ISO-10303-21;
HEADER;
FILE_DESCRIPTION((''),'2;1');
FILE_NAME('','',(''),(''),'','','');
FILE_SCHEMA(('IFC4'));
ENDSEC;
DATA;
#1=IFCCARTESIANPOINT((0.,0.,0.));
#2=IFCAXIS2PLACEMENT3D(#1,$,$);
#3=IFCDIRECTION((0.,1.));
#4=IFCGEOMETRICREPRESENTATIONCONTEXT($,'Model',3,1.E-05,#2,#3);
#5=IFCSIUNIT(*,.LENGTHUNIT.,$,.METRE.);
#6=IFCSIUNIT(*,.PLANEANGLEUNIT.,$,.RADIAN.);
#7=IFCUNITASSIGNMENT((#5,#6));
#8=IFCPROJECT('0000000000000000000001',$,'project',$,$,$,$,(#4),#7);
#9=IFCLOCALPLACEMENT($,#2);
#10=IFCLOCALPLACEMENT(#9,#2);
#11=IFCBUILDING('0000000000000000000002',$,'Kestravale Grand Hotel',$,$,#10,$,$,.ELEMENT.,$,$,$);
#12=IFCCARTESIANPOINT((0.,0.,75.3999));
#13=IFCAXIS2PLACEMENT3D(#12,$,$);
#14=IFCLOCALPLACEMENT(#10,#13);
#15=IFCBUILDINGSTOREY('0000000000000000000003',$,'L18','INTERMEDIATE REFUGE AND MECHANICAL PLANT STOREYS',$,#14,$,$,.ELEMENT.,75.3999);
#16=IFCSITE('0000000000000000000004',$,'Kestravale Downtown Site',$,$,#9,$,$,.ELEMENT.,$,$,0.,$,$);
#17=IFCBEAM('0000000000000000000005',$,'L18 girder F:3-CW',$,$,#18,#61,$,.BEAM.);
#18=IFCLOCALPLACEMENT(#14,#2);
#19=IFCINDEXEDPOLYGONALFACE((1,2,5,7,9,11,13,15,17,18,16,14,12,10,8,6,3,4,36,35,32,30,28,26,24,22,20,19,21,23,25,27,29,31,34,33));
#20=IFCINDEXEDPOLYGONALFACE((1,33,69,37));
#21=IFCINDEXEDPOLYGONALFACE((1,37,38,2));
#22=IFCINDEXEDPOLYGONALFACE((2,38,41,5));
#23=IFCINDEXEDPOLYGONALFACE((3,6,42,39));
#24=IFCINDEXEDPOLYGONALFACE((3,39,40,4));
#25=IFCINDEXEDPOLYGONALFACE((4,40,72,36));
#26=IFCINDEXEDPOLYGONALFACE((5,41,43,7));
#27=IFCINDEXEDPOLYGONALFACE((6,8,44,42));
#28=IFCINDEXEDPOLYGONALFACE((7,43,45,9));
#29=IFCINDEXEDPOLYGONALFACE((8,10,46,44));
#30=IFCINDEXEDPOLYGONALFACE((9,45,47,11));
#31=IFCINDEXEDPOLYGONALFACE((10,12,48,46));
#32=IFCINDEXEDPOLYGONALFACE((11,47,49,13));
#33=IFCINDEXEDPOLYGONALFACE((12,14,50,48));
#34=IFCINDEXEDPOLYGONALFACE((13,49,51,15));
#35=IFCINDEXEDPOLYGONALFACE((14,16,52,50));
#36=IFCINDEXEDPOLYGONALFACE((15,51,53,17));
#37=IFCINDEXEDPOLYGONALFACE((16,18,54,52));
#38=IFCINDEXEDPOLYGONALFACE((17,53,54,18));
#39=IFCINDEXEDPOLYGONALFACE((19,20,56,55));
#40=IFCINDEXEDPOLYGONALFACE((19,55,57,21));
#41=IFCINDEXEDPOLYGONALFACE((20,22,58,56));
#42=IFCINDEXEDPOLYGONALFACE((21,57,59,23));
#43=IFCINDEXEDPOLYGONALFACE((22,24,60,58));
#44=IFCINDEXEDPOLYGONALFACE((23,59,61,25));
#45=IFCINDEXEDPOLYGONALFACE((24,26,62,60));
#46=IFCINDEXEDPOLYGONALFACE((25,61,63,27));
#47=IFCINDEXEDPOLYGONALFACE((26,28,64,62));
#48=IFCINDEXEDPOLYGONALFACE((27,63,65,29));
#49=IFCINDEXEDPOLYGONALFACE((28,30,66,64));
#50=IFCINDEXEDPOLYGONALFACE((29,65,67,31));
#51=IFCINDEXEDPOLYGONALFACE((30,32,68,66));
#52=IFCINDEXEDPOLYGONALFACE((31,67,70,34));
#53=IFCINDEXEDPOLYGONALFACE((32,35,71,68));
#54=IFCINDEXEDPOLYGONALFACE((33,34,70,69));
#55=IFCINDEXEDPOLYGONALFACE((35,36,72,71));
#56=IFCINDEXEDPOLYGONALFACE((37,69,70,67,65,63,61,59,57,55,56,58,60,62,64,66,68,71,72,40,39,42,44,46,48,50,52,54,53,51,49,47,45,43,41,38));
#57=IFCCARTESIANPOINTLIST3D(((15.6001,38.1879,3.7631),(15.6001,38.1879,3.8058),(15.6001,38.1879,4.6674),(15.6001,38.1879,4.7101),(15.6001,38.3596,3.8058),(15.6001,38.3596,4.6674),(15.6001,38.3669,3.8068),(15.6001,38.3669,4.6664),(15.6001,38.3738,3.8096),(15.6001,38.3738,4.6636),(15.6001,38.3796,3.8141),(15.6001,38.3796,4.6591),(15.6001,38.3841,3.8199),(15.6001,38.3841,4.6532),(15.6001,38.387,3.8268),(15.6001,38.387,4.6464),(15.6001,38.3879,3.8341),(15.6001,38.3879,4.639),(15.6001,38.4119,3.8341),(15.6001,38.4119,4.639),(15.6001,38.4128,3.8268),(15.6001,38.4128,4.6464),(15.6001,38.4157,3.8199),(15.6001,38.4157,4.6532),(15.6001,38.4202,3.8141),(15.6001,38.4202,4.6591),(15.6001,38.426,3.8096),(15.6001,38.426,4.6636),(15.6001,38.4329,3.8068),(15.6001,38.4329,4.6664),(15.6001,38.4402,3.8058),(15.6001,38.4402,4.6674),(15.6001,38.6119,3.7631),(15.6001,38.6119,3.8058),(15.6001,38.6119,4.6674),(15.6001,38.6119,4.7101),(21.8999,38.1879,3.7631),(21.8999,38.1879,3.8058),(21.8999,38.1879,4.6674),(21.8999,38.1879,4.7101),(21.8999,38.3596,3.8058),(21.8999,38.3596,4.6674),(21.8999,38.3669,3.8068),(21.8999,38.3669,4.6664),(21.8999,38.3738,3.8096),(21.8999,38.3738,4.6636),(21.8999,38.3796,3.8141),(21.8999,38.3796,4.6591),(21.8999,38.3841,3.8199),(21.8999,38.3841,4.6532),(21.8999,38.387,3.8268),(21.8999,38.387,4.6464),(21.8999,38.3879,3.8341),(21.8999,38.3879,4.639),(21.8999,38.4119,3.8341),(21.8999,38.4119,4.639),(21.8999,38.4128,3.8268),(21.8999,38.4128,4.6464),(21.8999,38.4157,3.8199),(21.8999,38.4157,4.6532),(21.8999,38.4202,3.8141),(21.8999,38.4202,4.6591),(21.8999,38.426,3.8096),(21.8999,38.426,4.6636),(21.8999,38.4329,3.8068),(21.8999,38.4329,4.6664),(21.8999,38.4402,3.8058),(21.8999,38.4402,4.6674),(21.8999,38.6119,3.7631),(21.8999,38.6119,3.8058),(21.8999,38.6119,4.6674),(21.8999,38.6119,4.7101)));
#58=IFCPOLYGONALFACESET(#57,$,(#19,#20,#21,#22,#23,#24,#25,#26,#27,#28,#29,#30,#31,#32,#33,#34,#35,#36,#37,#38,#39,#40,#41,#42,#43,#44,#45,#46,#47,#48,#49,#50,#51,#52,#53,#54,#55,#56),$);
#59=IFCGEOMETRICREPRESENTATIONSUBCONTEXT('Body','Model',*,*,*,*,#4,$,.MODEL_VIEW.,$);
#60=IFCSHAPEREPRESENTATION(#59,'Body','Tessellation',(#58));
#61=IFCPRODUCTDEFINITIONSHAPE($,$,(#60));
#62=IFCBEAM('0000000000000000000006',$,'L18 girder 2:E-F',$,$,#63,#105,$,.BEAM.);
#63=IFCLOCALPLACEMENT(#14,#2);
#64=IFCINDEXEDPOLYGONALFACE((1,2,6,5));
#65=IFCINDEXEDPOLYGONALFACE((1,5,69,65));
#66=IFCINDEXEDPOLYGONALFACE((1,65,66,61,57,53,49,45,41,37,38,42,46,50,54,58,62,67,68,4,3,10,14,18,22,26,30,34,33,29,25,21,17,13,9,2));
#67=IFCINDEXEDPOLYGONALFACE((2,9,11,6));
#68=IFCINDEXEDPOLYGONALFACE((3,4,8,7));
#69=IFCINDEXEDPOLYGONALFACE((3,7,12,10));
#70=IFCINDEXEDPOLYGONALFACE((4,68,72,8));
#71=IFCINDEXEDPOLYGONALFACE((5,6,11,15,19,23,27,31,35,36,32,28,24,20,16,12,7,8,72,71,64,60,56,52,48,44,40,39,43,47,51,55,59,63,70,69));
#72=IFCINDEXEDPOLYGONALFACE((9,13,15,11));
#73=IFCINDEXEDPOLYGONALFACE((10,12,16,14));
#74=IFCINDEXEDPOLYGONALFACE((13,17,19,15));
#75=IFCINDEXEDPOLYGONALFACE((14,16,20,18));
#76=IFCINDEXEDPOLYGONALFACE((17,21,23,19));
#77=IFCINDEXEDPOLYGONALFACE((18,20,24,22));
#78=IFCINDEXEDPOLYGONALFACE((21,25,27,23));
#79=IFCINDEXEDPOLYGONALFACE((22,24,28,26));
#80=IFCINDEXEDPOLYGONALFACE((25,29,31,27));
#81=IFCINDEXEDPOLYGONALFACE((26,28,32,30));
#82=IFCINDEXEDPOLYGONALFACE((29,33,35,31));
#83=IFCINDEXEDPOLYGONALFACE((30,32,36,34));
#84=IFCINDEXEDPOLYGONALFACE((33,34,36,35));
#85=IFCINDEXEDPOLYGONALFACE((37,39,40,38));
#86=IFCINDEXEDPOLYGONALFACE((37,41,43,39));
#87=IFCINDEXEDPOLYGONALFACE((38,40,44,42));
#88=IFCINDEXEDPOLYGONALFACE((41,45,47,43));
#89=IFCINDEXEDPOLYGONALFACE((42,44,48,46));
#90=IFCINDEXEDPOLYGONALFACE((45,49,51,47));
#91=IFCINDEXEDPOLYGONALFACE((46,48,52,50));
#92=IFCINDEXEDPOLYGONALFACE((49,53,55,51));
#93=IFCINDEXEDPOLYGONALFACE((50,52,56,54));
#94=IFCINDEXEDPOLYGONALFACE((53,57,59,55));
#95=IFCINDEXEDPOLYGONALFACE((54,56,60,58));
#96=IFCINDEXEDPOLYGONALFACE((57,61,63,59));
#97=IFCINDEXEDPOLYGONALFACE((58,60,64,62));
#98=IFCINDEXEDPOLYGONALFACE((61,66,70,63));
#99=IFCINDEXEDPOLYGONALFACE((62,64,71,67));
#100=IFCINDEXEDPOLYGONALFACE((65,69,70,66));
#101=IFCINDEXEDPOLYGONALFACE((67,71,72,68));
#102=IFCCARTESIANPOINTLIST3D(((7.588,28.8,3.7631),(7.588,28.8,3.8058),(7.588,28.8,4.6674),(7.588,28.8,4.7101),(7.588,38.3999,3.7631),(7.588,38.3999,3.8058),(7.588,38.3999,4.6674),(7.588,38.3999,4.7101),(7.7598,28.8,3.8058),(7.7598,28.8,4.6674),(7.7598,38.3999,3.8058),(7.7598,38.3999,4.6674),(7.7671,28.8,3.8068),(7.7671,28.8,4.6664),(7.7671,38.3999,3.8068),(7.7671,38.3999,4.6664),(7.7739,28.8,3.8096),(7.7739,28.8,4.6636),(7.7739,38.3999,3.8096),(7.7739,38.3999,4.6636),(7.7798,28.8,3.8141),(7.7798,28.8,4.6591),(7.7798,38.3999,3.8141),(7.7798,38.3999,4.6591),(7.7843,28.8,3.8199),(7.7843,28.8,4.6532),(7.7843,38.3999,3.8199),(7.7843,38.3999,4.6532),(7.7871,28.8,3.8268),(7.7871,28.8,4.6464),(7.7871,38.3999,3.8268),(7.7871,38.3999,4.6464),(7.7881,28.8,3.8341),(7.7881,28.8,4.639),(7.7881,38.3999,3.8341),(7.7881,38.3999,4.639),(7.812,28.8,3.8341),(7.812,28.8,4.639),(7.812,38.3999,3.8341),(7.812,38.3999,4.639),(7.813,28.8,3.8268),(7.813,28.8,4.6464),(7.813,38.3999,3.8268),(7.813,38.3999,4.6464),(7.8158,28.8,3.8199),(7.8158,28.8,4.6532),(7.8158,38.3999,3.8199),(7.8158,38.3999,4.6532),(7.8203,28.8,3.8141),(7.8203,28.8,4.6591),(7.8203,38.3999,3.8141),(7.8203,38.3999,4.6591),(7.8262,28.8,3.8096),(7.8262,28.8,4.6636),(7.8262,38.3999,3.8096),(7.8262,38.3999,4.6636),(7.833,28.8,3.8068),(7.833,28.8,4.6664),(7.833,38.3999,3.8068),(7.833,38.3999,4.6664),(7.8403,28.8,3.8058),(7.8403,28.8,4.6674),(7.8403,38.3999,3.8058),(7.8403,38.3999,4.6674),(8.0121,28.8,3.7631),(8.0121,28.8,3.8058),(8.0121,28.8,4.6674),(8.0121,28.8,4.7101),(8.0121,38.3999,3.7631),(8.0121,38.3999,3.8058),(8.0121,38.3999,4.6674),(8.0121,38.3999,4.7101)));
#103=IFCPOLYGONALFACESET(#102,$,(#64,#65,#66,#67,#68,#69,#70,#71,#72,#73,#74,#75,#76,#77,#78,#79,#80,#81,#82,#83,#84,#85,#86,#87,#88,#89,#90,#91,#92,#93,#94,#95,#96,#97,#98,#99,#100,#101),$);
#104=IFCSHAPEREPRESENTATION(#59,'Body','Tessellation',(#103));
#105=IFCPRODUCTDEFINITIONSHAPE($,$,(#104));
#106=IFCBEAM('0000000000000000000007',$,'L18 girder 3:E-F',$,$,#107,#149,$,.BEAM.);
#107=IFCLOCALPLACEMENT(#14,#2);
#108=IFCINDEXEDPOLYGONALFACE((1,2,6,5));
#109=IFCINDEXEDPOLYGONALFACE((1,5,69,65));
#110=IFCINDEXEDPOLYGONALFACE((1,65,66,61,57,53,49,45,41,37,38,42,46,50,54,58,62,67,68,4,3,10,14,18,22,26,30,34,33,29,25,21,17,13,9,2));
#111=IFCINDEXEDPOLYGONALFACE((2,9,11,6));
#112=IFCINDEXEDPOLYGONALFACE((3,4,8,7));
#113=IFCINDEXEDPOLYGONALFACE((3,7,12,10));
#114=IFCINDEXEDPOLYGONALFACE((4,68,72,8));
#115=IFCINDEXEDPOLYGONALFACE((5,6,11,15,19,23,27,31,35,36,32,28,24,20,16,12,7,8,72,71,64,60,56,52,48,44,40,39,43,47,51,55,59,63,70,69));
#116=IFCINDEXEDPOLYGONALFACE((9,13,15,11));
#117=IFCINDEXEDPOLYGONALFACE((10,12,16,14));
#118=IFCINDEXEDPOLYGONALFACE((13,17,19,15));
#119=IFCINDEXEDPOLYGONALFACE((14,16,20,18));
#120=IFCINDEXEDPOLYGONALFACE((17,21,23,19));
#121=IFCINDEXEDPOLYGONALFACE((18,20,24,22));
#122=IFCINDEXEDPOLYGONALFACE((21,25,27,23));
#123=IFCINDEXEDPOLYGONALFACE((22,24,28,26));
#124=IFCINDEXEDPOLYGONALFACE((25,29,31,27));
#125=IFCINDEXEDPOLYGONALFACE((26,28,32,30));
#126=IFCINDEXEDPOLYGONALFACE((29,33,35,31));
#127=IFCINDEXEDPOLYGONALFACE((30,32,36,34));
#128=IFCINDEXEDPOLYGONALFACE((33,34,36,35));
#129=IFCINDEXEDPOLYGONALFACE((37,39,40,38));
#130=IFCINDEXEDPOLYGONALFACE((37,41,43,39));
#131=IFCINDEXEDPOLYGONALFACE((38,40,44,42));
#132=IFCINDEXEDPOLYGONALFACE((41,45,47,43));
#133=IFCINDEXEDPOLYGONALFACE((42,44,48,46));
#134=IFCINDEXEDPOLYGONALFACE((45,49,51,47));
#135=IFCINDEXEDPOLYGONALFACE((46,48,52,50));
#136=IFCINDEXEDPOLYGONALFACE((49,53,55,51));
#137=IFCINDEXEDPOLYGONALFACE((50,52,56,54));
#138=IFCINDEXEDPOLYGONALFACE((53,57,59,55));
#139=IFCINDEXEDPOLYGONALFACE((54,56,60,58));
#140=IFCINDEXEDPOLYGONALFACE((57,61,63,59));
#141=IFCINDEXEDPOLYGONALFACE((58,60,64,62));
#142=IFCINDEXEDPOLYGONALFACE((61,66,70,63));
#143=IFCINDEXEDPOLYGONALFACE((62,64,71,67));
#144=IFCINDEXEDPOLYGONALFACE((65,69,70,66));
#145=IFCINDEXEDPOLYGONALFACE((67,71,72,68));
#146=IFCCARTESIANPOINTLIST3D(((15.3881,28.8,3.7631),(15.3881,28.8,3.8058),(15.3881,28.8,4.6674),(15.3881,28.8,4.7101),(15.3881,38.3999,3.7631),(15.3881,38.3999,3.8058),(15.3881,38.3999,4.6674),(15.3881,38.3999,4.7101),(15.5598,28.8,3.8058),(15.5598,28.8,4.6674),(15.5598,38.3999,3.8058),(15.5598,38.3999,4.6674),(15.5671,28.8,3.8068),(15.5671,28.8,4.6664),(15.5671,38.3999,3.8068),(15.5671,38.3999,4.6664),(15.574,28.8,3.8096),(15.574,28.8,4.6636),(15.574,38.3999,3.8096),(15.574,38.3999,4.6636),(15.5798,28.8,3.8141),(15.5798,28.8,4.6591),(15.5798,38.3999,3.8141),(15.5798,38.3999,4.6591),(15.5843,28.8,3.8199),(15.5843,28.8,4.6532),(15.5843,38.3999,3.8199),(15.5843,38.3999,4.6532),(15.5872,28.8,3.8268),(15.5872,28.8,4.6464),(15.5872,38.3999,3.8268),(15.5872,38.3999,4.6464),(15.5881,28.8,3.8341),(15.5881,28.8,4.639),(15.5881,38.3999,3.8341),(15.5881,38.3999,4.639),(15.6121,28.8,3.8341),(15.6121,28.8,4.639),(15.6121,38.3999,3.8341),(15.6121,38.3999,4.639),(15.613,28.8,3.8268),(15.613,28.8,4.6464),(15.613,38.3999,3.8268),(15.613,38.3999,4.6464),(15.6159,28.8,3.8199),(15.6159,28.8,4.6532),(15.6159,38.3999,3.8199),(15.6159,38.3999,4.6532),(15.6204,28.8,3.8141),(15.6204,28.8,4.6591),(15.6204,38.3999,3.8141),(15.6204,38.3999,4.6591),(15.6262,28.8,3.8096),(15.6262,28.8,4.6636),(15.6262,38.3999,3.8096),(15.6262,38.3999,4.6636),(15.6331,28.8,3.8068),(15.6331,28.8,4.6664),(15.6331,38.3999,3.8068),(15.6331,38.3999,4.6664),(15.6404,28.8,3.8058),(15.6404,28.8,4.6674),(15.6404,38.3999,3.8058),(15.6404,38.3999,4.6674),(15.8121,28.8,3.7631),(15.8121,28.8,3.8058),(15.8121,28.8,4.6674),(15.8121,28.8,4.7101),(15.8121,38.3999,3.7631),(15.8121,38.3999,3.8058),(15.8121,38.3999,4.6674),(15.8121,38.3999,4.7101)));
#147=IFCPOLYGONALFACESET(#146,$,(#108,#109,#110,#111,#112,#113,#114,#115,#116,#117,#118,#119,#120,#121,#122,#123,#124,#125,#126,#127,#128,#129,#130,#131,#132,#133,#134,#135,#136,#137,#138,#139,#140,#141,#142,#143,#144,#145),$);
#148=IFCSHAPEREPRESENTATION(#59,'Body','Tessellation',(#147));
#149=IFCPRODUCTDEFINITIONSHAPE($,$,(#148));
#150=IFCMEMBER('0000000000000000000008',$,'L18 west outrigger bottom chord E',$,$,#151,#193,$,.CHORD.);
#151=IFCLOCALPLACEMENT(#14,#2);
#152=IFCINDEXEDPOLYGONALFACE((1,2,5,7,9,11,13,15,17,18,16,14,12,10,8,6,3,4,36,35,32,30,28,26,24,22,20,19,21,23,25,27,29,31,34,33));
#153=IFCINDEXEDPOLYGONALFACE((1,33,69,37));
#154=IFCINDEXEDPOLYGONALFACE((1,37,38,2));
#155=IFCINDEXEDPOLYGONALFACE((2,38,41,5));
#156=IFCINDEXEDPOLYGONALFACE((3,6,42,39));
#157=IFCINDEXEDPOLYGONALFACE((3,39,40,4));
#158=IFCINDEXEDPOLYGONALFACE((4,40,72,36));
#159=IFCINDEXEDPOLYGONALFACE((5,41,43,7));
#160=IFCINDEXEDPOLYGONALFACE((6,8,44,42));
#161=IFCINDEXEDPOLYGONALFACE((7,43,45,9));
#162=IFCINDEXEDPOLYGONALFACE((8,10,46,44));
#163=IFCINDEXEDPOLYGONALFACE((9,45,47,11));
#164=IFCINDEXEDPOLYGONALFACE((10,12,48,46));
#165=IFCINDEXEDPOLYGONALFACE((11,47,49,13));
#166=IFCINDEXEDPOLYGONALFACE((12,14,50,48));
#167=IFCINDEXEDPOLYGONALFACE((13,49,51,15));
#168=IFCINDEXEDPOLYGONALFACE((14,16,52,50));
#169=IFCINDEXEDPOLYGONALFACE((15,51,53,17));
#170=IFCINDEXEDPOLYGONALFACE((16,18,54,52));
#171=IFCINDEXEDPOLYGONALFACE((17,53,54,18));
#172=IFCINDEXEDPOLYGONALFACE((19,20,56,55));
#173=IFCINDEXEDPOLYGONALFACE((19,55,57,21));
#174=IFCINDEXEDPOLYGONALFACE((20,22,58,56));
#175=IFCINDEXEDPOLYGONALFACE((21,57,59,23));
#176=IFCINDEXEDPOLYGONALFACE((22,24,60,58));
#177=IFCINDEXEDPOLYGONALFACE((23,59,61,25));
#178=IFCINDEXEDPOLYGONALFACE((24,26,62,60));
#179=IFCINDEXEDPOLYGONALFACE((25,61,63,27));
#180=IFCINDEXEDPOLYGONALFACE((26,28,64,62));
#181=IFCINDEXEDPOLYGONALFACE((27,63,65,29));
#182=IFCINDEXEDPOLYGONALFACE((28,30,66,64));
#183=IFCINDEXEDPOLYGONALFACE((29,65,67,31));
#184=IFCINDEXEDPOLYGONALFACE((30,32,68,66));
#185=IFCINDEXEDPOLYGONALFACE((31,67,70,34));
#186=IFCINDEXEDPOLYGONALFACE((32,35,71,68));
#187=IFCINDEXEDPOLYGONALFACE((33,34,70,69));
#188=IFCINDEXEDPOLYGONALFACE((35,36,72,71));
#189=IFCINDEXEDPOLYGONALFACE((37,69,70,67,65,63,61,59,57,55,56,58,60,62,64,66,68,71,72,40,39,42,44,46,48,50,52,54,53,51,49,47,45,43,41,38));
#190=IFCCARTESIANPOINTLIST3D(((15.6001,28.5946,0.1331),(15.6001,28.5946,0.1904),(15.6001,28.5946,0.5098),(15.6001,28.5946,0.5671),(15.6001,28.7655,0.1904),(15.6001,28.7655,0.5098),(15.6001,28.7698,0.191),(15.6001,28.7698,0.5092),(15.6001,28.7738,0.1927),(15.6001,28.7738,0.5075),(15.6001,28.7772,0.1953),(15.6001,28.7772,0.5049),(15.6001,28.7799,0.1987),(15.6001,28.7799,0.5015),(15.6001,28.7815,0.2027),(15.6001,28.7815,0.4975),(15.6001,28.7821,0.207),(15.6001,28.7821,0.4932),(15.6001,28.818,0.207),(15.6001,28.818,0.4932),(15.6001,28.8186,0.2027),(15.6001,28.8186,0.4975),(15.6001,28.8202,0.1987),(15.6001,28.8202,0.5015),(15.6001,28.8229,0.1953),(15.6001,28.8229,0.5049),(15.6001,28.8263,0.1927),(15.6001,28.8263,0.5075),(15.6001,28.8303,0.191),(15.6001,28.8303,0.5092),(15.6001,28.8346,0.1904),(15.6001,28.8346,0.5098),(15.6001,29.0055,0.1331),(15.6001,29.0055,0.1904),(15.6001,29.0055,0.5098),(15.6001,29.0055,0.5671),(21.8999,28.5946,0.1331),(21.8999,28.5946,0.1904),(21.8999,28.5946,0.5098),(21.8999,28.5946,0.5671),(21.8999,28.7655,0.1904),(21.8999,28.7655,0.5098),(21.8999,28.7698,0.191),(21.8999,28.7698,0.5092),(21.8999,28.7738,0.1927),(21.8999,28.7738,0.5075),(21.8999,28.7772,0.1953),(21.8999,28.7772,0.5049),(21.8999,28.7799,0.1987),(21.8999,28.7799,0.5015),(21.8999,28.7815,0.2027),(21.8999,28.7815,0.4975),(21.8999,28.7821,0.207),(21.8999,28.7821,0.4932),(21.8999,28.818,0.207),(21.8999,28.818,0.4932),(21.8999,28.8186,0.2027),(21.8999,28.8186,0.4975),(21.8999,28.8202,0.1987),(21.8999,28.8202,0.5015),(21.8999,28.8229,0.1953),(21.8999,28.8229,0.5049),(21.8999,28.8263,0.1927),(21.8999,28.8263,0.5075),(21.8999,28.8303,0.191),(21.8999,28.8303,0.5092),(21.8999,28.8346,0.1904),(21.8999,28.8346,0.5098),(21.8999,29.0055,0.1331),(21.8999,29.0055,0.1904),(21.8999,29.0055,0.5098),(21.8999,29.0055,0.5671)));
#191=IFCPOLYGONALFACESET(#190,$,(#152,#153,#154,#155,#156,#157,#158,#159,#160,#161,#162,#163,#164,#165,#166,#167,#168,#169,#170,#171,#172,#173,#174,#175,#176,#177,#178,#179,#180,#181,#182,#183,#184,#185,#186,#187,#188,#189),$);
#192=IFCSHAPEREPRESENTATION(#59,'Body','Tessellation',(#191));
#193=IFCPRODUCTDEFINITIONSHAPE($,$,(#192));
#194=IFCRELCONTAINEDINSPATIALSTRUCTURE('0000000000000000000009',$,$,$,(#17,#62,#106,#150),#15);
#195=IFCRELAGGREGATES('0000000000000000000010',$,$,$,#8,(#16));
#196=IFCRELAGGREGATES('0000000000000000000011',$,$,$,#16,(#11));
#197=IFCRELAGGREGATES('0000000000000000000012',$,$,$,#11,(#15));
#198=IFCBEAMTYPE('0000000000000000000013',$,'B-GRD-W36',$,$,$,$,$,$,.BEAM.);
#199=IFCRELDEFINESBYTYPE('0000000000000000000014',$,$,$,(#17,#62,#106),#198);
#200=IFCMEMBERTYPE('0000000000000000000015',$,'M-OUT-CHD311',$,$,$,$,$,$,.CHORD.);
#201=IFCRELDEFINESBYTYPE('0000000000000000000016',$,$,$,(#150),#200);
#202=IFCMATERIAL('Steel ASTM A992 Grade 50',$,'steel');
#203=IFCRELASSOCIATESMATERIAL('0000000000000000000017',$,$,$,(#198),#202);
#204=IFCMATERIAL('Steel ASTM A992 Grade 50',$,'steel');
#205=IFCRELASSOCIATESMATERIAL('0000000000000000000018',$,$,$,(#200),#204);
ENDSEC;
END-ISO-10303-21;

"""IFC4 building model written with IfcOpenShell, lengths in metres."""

from ifc_helpers import new_model, si_unit, direction, frame, origin, origin_2d, place, context, subcontext, project, spatial, i_section, extrude, material, material_profile, profile_set, type_object, element, save


model = new_model("IFC4")

# Units and contexts
model_context = context("Model", 3, precision=1e-05, world=origin(), true_north=direction((0.0, 1.0)))
body_context = subcontext(model_context, "Body", "Model", "MODEL_VIEW")
ifc_project = project(units=[si_unit("LENGTHUNIT", "METRE"), si_unit("PLANEANGLEUNIT", "RADIAN")], contexts=[model_context])

# Site, building, storey
site_placement = place(None, origin())
site = spatial("IfcSite", under=ifc_project, at=site_placement, Name="Kestravale Downtown Site", CompositionType="ELEMENT", RefElevation=0.0)
building_placement = place(site_placement, origin())
building = spatial("IfcBuilding", under=site, at=building_placement, Name="Kestravale Grand Hotel", CompositionType="ELEMENT")
storey_placement = place(building_placement, frame((0.0, 0.0, 75.3999)))
storey = spatial("IfcBuildingStorey", under=building, at=storey_placement, Name="L18", Description="INTERMEDIATE REFUGE AND MECHANICAL PLANT STOREYS", CompositionType="ELEMENT", Elevation=75.3999)

# Beams
ifc_material_1 = material(Name="Steel ASTM A992 Grade 50", Category="steel")
ifc_material_profile_1 = material_profile(ifc_material_1, i_section(OverallWidth=0.4241, OverallDepth=0.947, WebThickness=0.0239, FlangeThickness=0.0427, FilletRadius=0.0283, at=origin_2d()))
ifc_profile_set_1 = profile_set([ifc_material_profile_1], Name="Steel ASTM A992 Grade 50")
beam_type_1 = type_object("IfcBeamType", Name="B-GRD-W36", PredefinedType="BEAM", material=ifc_profile_set_1)
beam_1_placement = place(storey_placement, frame((15.6001, 38.3999, 4.2366), z_axis=(1.0, 0.0, 0.0), x_axis=(0.0, 1.0, 0.0)))
element("IfcBeam", 1, at=beam_1_placement, inside=storey, type_object=beam_type_1, Name="L18 girder F:3-CW", PredefinedType="BEAM", context=body_context, shape_type="SweptSolid", body=[
    extrude(i_section(OverallWidth=0.4241, OverallDepth=0.947, WebThickness=0.0239, FlangeThickness=0.0427, FilletRadius=0.0283, at=origin_2d()), origin(), (0.0, 0.0, 1.0), 6.2998),
])
for number, where, z_axis, x_axis, name in (
    (2, (7.8, 28.8, 4.2366), (0.0, 1.0, 0.0), (-1.0, 0.0, 0.0), "L18 girder 2:E-F"),
    (3, (15.6001, 28.8, 4.2366), (0.0, 1.0, 0.0), (-1.0, 0.0, 0.0), "L18 girder 3:E-F"),
):
    element("IfcBeam", number, at=place(storey_placement, frame(where, z_axis=z_axis, x_axis=x_axis)), inside=storey, type_object=beam_type_1, Name=name, PredefinedType="BEAM", context=body_context, shape_type="SweptSolid", body=[
        extrude(i_section(OverallWidth=0.4241, OverallDepth=0.947, WebThickness=0.0239, FlangeThickness=0.0427, FilletRadius=0.0283, at=origin_2d()), origin(), (0.0, 0.0, 1.0), 9.5999),
    ])

# Member
ifc_material_2 = material(Name="Steel ASTM A992 Grade 50", Category="steel")
ifc_material_profile_2 = material_profile(ifc_material_2, i_section(OverallWidth=0.4109, OverallDepth=0.4341, WebThickness=0.0359, FlangeThickness=0.0574, FilletRadius=0.0166, at=origin_2d()))
ifc_profile_set_2 = profile_set([ifc_material_profile_2], Name="Steel ASTM A992 Grade 50")
member_type_1 = type_object("IfcMemberType", Name="M-OUT-CHD311", PredefinedType="CHORD", material=ifc_profile_set_2)
for number, where, z_axis, x_axis, name in (
    (4, (15.6001, 28.8, 0.3501), (1.0, 0.0, 0.0), (0.0, 1.0, 0.0), "L18 west outrigger bottom chord E"),
):
    element("IfcMember", number, at=place(storey_placement, frame(where, z_axis=z_axis, x_axis=x_axis)), inside=storey, type_object=member_type_1, Name=name, PredefinedType="CHORD", context=body_context, shape_type="SweptSolid", body=[
        extrude(i_section(OverallWidth=0.4109, OverallDepth=0.4341, WebThickness=0.0359, FlangeThickness=0.0574, FilletRadius=0.0166, at=origin_2d()), origin(), (0.0, 0.0, 1.0), 6.2998),
    ])

save(model, "model.ifc")
